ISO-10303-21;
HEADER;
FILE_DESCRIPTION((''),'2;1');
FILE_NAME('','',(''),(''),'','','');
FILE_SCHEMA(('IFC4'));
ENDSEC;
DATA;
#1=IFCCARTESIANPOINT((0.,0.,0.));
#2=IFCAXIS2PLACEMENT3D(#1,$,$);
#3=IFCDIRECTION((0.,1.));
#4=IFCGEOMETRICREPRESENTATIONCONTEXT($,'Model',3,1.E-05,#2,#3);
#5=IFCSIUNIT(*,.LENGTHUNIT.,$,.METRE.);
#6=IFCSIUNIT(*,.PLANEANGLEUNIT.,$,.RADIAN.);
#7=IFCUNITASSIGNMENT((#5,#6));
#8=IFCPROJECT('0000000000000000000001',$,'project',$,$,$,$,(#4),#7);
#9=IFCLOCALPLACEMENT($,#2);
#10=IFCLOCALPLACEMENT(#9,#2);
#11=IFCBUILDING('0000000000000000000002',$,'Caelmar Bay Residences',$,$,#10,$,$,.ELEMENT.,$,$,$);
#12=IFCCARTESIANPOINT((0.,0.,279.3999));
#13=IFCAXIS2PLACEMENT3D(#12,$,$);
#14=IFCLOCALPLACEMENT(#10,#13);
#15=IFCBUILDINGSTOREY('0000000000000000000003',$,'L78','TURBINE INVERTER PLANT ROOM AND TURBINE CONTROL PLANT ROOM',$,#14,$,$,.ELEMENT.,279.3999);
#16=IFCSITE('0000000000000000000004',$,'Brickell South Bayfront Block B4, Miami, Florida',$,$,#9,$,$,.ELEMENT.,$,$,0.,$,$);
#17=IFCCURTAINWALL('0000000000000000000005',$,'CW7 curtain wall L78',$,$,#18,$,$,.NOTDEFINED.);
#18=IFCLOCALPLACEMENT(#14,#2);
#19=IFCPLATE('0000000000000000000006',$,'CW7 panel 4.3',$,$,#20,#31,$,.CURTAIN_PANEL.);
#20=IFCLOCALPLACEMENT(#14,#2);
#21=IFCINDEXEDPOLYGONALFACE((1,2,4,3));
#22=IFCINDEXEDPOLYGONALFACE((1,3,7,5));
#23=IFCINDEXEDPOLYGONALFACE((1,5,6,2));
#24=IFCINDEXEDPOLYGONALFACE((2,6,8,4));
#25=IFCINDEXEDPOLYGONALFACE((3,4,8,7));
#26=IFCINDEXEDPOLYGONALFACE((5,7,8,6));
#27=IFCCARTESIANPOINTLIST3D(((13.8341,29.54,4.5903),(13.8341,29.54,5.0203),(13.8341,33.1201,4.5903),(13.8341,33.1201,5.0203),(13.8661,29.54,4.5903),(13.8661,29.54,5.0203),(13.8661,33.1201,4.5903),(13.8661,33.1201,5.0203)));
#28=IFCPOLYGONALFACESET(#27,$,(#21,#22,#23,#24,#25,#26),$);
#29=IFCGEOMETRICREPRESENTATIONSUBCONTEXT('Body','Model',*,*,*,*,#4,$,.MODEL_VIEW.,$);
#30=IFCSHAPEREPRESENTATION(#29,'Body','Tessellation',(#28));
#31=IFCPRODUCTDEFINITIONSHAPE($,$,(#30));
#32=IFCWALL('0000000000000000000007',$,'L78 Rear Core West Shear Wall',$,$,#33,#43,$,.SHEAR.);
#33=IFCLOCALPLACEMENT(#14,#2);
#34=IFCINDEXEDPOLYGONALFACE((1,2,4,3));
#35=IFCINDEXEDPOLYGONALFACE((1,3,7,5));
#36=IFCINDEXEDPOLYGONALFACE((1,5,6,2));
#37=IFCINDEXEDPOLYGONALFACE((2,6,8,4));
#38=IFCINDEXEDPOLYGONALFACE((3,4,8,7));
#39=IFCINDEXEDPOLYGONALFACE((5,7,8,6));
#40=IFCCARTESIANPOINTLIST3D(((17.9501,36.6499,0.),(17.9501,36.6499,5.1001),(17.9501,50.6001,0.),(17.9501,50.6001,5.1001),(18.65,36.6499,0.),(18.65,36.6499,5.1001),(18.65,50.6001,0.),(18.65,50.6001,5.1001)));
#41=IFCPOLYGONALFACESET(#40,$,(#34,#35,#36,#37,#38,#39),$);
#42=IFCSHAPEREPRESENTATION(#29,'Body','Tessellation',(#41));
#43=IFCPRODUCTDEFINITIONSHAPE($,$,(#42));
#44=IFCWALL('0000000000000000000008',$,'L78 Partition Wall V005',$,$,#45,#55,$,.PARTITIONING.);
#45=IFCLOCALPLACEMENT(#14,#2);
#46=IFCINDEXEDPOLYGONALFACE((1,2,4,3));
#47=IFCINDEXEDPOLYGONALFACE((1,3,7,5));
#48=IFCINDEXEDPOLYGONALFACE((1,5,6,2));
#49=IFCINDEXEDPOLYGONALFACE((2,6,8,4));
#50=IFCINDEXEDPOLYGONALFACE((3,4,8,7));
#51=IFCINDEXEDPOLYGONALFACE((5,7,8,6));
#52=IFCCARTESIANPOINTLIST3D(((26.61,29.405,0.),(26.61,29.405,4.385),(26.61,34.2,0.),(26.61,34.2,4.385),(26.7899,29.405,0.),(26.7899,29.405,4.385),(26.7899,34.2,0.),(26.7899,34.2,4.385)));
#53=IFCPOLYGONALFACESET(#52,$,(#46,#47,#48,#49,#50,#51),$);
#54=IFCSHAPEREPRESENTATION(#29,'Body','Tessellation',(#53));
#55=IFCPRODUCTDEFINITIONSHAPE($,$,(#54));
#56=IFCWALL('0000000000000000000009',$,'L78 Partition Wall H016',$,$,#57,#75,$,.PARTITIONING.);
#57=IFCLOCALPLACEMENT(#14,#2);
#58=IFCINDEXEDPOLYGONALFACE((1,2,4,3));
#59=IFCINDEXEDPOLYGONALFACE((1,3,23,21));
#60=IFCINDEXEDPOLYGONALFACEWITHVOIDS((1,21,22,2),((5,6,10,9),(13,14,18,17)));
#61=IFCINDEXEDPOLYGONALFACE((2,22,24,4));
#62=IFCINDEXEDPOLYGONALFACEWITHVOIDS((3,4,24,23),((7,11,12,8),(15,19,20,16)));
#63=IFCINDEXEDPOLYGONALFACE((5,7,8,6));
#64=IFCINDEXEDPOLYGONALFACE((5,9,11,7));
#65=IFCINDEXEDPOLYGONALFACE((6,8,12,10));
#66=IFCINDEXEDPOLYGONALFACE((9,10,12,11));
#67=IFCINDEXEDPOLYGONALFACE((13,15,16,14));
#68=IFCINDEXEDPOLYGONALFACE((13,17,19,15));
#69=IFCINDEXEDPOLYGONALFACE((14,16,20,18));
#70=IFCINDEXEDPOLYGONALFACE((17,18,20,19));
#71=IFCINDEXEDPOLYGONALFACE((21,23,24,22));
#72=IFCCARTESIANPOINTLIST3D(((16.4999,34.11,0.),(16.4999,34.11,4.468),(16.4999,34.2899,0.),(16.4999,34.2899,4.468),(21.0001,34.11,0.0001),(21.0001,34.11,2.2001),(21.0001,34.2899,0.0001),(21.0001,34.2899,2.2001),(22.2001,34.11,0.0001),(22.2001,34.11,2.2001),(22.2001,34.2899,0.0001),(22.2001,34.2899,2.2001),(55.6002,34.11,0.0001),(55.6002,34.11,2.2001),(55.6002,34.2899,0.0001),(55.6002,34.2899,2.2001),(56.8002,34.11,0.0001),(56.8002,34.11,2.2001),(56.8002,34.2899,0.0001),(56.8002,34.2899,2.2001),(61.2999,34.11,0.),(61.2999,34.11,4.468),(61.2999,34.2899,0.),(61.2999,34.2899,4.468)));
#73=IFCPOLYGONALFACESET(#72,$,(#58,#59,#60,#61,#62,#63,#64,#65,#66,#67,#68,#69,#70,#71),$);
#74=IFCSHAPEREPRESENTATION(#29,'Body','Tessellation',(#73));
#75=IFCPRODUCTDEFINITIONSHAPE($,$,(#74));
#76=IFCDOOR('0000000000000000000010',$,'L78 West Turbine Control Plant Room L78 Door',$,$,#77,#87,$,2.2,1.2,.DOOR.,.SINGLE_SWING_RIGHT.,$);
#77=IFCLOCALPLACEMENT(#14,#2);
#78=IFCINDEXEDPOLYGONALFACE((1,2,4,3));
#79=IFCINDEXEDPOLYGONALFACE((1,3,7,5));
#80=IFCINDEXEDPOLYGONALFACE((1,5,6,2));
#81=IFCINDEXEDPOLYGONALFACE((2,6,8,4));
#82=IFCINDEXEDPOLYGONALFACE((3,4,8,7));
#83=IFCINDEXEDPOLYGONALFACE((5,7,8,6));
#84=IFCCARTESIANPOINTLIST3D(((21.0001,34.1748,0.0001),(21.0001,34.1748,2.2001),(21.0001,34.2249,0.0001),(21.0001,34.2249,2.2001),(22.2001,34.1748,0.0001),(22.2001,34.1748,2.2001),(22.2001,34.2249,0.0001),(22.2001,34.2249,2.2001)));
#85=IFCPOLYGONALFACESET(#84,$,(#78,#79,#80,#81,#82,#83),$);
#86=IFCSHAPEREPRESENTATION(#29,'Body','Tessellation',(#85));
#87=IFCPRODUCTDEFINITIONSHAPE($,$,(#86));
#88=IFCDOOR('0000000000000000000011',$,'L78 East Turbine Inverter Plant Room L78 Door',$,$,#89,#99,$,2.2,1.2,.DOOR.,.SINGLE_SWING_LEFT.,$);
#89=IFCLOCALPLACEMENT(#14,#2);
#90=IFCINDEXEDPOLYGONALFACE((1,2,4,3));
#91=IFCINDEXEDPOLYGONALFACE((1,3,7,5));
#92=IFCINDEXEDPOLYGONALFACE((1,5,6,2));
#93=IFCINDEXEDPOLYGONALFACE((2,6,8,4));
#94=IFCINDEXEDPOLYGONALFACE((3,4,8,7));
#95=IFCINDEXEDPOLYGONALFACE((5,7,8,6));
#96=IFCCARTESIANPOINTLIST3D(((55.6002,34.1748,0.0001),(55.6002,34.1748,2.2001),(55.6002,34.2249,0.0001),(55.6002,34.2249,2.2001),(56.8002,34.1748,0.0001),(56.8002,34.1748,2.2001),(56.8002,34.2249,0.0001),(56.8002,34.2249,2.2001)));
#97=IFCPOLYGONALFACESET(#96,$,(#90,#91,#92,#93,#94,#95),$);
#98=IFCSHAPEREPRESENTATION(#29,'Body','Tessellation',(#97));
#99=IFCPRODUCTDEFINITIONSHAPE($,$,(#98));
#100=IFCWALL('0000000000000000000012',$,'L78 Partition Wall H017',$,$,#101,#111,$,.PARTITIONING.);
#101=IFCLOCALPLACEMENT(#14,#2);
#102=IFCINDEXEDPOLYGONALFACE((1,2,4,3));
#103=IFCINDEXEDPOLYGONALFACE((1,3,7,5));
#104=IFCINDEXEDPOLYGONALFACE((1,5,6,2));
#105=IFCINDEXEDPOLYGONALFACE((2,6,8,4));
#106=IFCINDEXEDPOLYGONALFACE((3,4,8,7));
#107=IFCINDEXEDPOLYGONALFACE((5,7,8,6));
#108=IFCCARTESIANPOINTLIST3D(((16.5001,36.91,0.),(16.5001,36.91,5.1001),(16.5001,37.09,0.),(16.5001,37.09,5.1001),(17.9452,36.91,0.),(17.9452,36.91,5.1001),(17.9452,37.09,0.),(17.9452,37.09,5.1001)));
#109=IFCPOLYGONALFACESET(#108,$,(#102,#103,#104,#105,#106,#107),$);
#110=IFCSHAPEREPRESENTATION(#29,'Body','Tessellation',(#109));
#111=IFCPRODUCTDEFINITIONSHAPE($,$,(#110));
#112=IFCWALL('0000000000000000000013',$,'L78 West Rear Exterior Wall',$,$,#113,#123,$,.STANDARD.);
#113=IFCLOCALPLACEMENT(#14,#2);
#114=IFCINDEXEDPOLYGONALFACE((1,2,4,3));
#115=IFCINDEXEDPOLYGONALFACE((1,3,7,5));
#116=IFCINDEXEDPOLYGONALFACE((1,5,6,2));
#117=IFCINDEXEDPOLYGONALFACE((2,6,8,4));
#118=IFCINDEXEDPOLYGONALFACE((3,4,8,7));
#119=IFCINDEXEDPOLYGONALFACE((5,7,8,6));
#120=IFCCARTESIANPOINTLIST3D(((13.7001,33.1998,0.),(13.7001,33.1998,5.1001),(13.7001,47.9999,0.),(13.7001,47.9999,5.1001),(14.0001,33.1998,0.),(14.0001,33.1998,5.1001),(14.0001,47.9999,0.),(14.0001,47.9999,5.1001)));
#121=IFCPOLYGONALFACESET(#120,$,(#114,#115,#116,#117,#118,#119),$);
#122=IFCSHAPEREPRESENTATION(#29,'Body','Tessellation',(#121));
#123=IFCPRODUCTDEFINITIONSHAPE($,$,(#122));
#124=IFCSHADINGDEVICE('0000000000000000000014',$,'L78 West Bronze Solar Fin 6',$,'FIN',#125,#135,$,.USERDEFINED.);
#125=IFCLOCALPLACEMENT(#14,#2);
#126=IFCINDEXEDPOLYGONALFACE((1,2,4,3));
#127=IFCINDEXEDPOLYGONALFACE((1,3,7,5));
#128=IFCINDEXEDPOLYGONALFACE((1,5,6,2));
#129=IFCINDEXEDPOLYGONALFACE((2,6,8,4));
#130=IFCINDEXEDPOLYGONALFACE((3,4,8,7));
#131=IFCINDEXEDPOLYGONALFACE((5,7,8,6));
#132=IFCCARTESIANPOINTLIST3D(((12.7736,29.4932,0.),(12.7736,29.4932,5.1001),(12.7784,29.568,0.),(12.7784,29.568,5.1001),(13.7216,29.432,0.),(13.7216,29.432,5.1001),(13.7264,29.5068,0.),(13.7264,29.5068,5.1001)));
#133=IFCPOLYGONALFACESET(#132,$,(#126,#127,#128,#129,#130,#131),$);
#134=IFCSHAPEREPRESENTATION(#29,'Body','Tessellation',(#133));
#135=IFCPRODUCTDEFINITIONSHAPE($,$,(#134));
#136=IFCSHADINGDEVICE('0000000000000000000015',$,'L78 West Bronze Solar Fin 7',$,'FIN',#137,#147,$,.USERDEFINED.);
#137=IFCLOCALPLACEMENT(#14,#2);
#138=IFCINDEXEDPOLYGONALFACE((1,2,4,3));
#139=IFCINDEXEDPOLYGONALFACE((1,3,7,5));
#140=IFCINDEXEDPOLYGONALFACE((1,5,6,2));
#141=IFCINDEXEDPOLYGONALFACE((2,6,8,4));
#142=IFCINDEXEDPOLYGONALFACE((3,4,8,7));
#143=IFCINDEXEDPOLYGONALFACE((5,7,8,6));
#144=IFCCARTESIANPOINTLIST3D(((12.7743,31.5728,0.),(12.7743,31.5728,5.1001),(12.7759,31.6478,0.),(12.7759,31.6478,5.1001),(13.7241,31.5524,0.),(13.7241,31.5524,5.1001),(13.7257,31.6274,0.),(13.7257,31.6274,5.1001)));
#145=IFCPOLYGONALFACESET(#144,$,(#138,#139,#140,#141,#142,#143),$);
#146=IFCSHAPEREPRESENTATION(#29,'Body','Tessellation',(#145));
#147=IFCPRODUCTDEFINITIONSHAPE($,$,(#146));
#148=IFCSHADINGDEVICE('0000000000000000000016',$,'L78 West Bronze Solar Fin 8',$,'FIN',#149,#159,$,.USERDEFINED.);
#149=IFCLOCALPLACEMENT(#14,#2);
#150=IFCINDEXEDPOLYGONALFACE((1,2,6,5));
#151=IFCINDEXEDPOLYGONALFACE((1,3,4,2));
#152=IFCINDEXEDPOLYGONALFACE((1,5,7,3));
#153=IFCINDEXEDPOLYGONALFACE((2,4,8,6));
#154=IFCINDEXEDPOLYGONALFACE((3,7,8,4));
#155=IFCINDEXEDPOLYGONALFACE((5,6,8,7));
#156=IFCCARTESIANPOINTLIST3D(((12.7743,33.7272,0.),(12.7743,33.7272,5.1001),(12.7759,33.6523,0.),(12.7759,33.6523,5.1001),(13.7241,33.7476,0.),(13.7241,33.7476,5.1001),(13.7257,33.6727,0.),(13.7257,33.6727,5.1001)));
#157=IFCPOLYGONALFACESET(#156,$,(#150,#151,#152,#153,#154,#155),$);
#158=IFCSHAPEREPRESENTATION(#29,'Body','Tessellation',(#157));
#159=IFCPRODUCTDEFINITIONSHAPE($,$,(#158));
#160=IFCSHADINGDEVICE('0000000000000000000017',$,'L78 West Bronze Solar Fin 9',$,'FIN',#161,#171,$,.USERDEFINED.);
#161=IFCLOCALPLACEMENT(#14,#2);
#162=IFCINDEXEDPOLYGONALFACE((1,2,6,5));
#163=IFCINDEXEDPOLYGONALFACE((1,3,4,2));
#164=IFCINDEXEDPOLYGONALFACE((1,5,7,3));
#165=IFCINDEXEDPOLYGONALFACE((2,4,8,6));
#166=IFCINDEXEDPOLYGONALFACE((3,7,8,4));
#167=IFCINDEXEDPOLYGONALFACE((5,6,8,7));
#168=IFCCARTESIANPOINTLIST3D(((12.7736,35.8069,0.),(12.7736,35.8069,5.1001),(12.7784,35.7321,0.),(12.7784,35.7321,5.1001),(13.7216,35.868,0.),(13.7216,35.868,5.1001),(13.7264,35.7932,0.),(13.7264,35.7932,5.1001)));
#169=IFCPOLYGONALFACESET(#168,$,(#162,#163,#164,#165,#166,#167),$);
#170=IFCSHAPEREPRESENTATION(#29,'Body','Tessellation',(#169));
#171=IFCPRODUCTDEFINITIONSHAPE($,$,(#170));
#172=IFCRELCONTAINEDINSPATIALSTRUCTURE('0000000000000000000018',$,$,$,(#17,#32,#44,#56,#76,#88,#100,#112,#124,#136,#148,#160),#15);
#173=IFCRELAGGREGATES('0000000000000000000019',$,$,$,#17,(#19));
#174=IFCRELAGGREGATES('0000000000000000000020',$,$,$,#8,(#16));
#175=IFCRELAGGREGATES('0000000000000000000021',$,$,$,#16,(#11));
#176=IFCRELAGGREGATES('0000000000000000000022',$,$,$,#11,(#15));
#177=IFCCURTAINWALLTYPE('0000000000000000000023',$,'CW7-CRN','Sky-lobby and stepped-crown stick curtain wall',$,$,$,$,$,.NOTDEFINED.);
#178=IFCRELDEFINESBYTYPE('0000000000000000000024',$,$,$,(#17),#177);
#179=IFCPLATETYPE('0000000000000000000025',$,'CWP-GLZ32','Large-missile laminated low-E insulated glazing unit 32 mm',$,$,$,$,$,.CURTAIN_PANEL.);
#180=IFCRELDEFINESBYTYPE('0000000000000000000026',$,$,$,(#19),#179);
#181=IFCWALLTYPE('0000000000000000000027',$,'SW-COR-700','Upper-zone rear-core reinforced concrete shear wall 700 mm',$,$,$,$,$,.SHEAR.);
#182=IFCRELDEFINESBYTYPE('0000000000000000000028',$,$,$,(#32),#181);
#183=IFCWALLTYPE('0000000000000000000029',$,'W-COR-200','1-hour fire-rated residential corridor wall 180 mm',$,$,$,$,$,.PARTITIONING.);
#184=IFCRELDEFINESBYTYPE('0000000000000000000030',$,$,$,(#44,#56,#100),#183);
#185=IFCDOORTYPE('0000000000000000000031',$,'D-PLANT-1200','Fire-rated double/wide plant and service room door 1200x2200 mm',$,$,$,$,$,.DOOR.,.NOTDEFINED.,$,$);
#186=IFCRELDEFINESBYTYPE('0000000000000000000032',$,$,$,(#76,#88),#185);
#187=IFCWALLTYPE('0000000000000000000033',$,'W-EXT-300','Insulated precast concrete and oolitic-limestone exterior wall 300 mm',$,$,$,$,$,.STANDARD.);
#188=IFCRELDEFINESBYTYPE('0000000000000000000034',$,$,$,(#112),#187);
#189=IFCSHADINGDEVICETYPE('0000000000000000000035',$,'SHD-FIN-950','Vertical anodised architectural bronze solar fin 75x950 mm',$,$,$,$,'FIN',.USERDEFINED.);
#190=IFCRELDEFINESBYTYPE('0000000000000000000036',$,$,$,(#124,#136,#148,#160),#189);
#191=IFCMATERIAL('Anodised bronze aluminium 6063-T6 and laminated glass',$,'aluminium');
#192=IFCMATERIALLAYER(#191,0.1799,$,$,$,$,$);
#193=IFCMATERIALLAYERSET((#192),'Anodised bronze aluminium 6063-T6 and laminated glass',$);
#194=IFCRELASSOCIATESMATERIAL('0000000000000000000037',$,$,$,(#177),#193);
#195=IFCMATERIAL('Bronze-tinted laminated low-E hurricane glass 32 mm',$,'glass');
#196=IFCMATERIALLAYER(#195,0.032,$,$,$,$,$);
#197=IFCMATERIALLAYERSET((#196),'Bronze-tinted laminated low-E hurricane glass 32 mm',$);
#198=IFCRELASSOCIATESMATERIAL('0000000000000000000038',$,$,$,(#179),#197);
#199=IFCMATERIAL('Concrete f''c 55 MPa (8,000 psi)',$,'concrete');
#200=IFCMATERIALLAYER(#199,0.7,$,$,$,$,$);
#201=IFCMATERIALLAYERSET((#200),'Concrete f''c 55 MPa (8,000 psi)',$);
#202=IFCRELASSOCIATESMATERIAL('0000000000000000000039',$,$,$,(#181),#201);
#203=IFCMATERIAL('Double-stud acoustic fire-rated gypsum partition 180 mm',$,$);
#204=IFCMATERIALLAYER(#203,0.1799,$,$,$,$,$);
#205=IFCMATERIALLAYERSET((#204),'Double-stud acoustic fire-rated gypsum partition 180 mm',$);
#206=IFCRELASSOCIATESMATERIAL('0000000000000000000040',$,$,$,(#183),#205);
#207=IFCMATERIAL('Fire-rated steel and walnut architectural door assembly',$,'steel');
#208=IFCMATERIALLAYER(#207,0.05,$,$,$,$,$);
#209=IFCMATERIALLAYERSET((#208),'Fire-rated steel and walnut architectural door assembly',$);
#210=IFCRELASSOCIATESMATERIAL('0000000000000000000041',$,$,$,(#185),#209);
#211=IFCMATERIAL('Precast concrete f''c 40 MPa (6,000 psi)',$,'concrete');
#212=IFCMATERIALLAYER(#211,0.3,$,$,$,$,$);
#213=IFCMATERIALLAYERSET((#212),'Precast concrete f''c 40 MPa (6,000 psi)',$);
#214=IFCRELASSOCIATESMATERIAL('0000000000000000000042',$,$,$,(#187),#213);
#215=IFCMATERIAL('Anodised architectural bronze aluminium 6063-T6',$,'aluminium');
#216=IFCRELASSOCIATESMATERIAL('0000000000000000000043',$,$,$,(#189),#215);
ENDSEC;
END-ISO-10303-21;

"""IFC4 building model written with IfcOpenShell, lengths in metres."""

from ifc_helpers import new_model, si_unit, direction, frame, frame_2d, origin, origin_2d, place, context, subcontext, project, spatial, rectangle, extrude, material, layer, layer_set, material_profile, profile_set, type_object, element, fill, aggregate, save


model = new_model("IFC4")

# Units and contexts
model_context = context("Model", 3, precision=1e-05, world=origin(), true_north=direction((0.0, 1.0)))
body_context = subcontext(model_context, "Body", "Model", "MODEL_VIEW")
ifc_project = project(units=[si_unit("LENGTHUNIT", "METRE"), si_unit("PLANEANGLEUNIT", "RADIAN")], contexts=[model_context])

# Site, building, storey
site_placement = place(None, origin())
site = spatial("IfcSite", under=ifc_project, at=site_placement, Name="Brickell South Bayfront Block B4, Miami, Florida", CompositionType="ELEMENT", RefElevation=0.0)
building_placement = place(site_placement, origin())
building = spatial("IfcBuilding", under=site, at=building_placement, Name="Caelmar Bay Residences", CompositionType="ELEMENT")
storey_placement = place(building_placement, frame((0.0, 0.0, 279.3999)))
storey = spatial("IfcBuildingStorey", under=building, at=storey_placement, Name="L78", Description="TURBINE INVERTER PLANT ROOM AND TURBINE CONTROL PLANT ROOM", CompositionType="ELEMENT", Elevation=279.3999)

# Shared definitions
ifc_material_1 = material(Name="Concrete f'c 55 MPa (8,000 psi)", Category="concrete")

# Curtain wall, plate
ifc_material_2 = material(Name="Anodised bronze aluminium 6063-T6 and laminated glass", Category="aluminium")
ifc_layer_1 = layer(ifc_material_2, 0.1799)
ifc_layer_set_1 = layer_set([ifc_layer_1], Name="Anodised bronze aluminium 6063-T6 and laminated glass")
curtain_wall_type = type_object("IfcCurtainWallType", Name="CW7-CRN", Description="Sky-lobby and stepped-crown stick curtain wall", PredefinedType="NOTDEFINED", material=ifc_layer_set_1)
curtain_wall_placement = place(storey_placement, origin())
curtain_wall = element("IfcCurtainWall", 1, at=curtain_wall_placement, inside=storey, type_object=curtain_wall_type, Name="CW7 curtain wall L78", PredefinedType="NOTDEFINED")
ifc_material_3 = material(Name="Bronze-tinted laminated low-E hurricane glass 32 mm", Category="glass")
ifc_layer_2 = layer(ifc_material_3, 0.032)
ifc_layer_set_2 = layer_set([ifc_layer_2], Name="Bronze-tinted laminated low-E hurricane glass 32 mm")
plate_type = type_object("IfcPlateType", Name="CWP-GLZ32", Description="Large-missile laminated low-E insulated glazing unit 32 mm", PredefinedType="CURTAIN_PANEL", material=ifc_layer_set_2)
plate_1_placement = place(storey_placement, frame((13.8501, 31.3301, 4.5903), z_axis=(0.0, 0.0, 1.0), x_axis=(0.0, 1.0, 0.0)))
plate_1 = element("IfcPlate", 2, at=plate_1_placement, type_object=plate_type, Name="CW7 panel 4.3", PredefinedType="CURTAIN_PANEL", context=body_context, shape_type="SweptSolid", body=[
    extrude(rectangle(XDim=3.5801, YDim=0.032, at=origin_2d()), origin(), (0.0, 0.0, 1.0), 0.4299),
])
aggregate(curtain_wall, [plate_1])

# Walls
ifc_layer_3 = layer(ifc_material_1, 0.7)
ifc_layer_set_3 = layer_set([ifc_layer_3], Name="Concrete f'c 55 MPa (8,000 psi)")
wall_type_1 = type_object("IfcWallType", Name="SW-COR-700", Description="Upper-zone rear-core reinforced concrete shear wall 700 mm", PredefinedType="SHEAR", material=ifc_layer_set_3)
wall_1_placement = place(storey_placement, frame((18.3, 36.6499, 0.0), z_axis=(0.0, 0.0, 1.0), x_axis=(0.0, 1.0, 0.0)))
element("IfcWall", 3, at=wall_1_placement, inside=storey, type_object=wall_type_1, Name="L78 Rear Core West Shear Wall", PredefinedType="SHEAR", context=body_context, shape_type="SweptSolid", body=[
    extrude(rectangle(XDim=13.9502, YDim=0.7, at=frame_2d((6.9751, 0.0))), origin(), (0.0, 0.0, 1.0), 5.1001),
])
ifc_material_4 = material(Name="Double-stud acoustic fire-rated gypsum partition 180 mm")
ifc_layer_4 = layer(ifc_material_4, 0.1799)
ifc_layer_set_4 = layer_set([ifc_layer_4], Name="Double-stud acoustic fire-rated gypsum partition 180 mm")
wall_type_2 = type_object("IfcWallType", Name="W-COR-200", Description="1-hour fire-rated residential corridor wall 180 mm", PredefinedType="PARTITIONING", material=ifc_layer_set_4)
wall_2_placement = place(storey_placement, frame((26.7, 29.405, 0.0), z_axis=(0.0, 0.0, 1.0), x_axis=(0.0, 1.0, 0.0)))
element("IfcWall", 4, at=wall_2_placement, inside=storey, type_object=wall_type_2, Name="L78 Partition Wall V005", PredefinedType="PARTITIONING", context=body_context, shape_type="SweptSolid", body=[
    extrude(rectangle(XDim=4.7949, YDim=0.1799, at=frame_2d((2.3975, 0.0))), origin(), (0.0, 0.0, 1.0), 4.385),
])

# Wall, openings, doors
wall_3_placement = place(storey_placement, frame((16.5, 34.2, 0.0), z_axis=(0.0, 0.0, 1.0), x_axis=(1.0, 0.0, 0.0)))
wall_3 = element("IfcWall", 5, at=wall_3_placement, inside=storey, type_object=wall_type_2, Name="L78 Partition Wall H016", PredefinedType="PARTITIONING", context=body_context, shape_type="SweptSolid", body=[
    extrude(rectangle(XDim=44.8, YDim=0.1799, at=frame_2d((22.3999, 0.0))), origin(), (0.0, 0.0, 1.0), 4.468),
])
opening_1_placement = place(wall_3_placement, frame((4.5, 0.0, 0.0)))
opening_1 = element("IfcOpeningElement", 6, at=opening_1_placement, cuts=wall_3, PredefinedType="OPENING", context=body_context, shape_type="SweptSolid", body=[
    extrude(rectangle(XDim=1.2, YDim=2.2, at=frame_2d((0.6001, 1.1001))), frame((0.0, 0.0999, 0.0), z_axis=(0.0, -1.0, 0.0), x_axis=(1.0, 0.0, 0.0)), (0.0, 0.0, 1.0), 0.2),
])
opening_2_placement = place(wall_3_placement, frame((39.1001, 0.0, 0.0)))
opening_2 = element("IfcOpeningElement", 7, at=opening_2_placement, cuts=wall_3, PredefinedType="OPENING", context=body_context, shape_type="SweptSolid", body=[
    extrude(rectangle(XDim=1.2, YDim=2.2, at=frame_2d((0.6001, 1.1001))), frame((0.0, 0.0999, 0.0), z_axis=(0.0, -1.0, 0.0), x_axis=(1.0, 0.0, 0.0)), (0.0, 0.0, 1.0), 0.2),
])
ifc_material_5 = material(Name="Fire-rated steel and walnut architectural door assembly", Category="steel")
ifc_layer_5 = layer(ifc_material_5, 0.05)
ifc_layer_set_5 = layer_set([ifc_layer_5], Name="Fire-rated steel and walnut architectural door assembly")
door_type = type_object("IfcDoorType", Name="D-PLANT-1200", Description="Fire-rated double/wide plant and service room door 1200x2200 mm", OperationType="NOTDEFINED", PredefinedType="DOOR", material=ifc_layer_set_5)
door_1_placement = place(opening_1_placement, origin())
door_1 = element("IfcDoor", 8, at=door_1_placement, inside=storey, type_object=door_type, Name="L78 West Turbine Control Plant Room L78 Door", OperationType="SINGLE_SWING_RIGHT", OverallHeight=2.2, OverallWidth=1.2, PredefinedType="DOOR", context=body_context, shape_type="SweptSolid", body=[
    extrude(rectangle(XDim=1.2, YDim=2.2, at=frame_2d((0.6001, 1.1001))), frame((0.0, 0.0249, 0.0), z_axis=(0.0, -1.0, 0.0), x_axis=(1.0, 0.0, 0.0)), (0.0, 0.0, 1.0), 0.05),
])
fill(opening_1, door_1)
door_2_placement = place(opening_2_placement, origin())
door_2 = element("IfcDoor", 9, at=door_2_placement, inside=storey, type_object=door_type, Name="L78 East Turbine Inverter Plant Room L78 Door", OperationType="SINGLE_SWING_LEFT", OverallHeight=2.2, OverallWidth=1.2, PredefinedType="DOOR", context=body_context, shape_type="SweptSolid", body=[
    extrude(rectangle(XDim=1.2, YDim=2.2, at=frame_2d((0.6001, 1.1001))), frame((0.0, 0.0249, 0.0), z_axis=(0.0, -1.0, 0.0), x_axis=(1.0, 0.0, 0.0)), (0.0, 0.0, 1.0), 0.05),
])
fill(opening_2, door_2)

# Walls
wall_4_placement = place(storey_placement, frame((16.5, 37.0, 0.0), z_axis=(0.0, 0.0, 1.0), x_axis=(1.0, 0.0, 0.0)))
element("IfcWall", 10, at=wall_4_placement, inside=storey, type_object=wall_type_2, Name="L78 Partition Wall H017", PredefinedType="PARTITIONING", context=body_context, shape_type="SweptSolid", body=[
    extrude(rectangle(XDim=1.4451, YDim=0.1799, at=frame_2d((0.7227, 0.0))), origin(), (0.0, 0.0, 1.0), 5.1001),
])
ifc_material_6 = material(Name="Precast concrete f'c 40 MPa (6,000 psi)", Category="concrete")
ifc_layer_6 = layer(ifc_material_6, 0.3)
ifc_layer_set_6 = layer_set([ifc_layer_6], Name="Precast concrete f'c 40 MPa (6,000 psi)")
wall_type_3 = type_object("IfcWallType", Name="W-EXT-300", Description="Insulated precast concrete and oolitic-limestone exterior wall 300 mm", PredefinedType="STANDARD", material=ifc_layer_set_6)
wall_5_placement = place(storey_placement, frame((13.8501, 33.2, 0.0), z_axis=(0.0, 0.0, 1.0), x_axis=(0.0, 1.0, 0.0)))
element("IfcWall", 11, at=wall_5_placement, inside=storey, type_object=wall_type_3, Name="L78 West Rear Exterior Wall", PredefinedType="STANDARD", context=body_context, shape_type="SweptSolid", body=[
    extrude(rectangle(XDim=14.8, YDim=0.3, at=frame_2d((7.3999, 0.0))), origin(), (0.0, 0.0, 1.0), 5.1001),
])

# Shading devices
ifc_material_7 = material(Name="Anodised architectural bronze aluminium 6063-T6", Category="aluminium")
ifc_material_profile_1 = material_profile(ifc_material_7, rectangle(XDim=0.075, YDim=0.95, at=origin_2d()), Name="BRONZE-FIN-75X950")
ifc_profile_set_1 = profile_set([ifc_material_profile_1], Name="Anodised architectural bronze aluminium 6063-T6")
shading_device_type = type_object("IfcShadingDeviceType", Name="SHD-FIN-950", Description="Vertical anodised architectural bronze solar fin 75x950 mm", ElementType="FIN", PredefinedType="USERDEFINED", material=ifc_profile_set_1)
for number, where, z_axis, x_axis, name in (
    (12, (13.25, 29.5, 0.0), (0.0, 0.0, 1.0), (0.064358, 0.997927, 0.0), "L78 West Bronze Solar Fin 6"),
    (13, (13.25, 31.6001, 0.0), (0.0, 0.0, 1.0), (0.021466, 0.99977, 0.0), "L78 West Bronze Solar Fin 7"),
    (14, (13.25, 33.7, 0.0), (0.0, 0.0, 1.0), (-0.021466, 0.99977, 0.0), "L78 West Bronze Solar Fin 8"),
    (15, (13.25, 35.8, 0.0), (0.0, 0.0, 1.0), (-0.064358, 0.997927, 0.0), "L78 West Bronze Solar Fin 9"),
):
    element("IfcShadingDevice", number, at=place(storey_placement, frame(where, z_axis=z_axis, x_axis=x_axis)), inside=storey, type_object=shading_device_type, Name=name, ObjectType="FIN", PredefinedType="USERDEFINED", context=body_context, shape_type="SweptSolid", body=[
        extrude(rectangle(XDim=0.075, YDim=0.95, at=origin_2d()), origin(), (0.0, 0.0, 1.0), 5.1001),
    ])

save(model, "model.ifc")
